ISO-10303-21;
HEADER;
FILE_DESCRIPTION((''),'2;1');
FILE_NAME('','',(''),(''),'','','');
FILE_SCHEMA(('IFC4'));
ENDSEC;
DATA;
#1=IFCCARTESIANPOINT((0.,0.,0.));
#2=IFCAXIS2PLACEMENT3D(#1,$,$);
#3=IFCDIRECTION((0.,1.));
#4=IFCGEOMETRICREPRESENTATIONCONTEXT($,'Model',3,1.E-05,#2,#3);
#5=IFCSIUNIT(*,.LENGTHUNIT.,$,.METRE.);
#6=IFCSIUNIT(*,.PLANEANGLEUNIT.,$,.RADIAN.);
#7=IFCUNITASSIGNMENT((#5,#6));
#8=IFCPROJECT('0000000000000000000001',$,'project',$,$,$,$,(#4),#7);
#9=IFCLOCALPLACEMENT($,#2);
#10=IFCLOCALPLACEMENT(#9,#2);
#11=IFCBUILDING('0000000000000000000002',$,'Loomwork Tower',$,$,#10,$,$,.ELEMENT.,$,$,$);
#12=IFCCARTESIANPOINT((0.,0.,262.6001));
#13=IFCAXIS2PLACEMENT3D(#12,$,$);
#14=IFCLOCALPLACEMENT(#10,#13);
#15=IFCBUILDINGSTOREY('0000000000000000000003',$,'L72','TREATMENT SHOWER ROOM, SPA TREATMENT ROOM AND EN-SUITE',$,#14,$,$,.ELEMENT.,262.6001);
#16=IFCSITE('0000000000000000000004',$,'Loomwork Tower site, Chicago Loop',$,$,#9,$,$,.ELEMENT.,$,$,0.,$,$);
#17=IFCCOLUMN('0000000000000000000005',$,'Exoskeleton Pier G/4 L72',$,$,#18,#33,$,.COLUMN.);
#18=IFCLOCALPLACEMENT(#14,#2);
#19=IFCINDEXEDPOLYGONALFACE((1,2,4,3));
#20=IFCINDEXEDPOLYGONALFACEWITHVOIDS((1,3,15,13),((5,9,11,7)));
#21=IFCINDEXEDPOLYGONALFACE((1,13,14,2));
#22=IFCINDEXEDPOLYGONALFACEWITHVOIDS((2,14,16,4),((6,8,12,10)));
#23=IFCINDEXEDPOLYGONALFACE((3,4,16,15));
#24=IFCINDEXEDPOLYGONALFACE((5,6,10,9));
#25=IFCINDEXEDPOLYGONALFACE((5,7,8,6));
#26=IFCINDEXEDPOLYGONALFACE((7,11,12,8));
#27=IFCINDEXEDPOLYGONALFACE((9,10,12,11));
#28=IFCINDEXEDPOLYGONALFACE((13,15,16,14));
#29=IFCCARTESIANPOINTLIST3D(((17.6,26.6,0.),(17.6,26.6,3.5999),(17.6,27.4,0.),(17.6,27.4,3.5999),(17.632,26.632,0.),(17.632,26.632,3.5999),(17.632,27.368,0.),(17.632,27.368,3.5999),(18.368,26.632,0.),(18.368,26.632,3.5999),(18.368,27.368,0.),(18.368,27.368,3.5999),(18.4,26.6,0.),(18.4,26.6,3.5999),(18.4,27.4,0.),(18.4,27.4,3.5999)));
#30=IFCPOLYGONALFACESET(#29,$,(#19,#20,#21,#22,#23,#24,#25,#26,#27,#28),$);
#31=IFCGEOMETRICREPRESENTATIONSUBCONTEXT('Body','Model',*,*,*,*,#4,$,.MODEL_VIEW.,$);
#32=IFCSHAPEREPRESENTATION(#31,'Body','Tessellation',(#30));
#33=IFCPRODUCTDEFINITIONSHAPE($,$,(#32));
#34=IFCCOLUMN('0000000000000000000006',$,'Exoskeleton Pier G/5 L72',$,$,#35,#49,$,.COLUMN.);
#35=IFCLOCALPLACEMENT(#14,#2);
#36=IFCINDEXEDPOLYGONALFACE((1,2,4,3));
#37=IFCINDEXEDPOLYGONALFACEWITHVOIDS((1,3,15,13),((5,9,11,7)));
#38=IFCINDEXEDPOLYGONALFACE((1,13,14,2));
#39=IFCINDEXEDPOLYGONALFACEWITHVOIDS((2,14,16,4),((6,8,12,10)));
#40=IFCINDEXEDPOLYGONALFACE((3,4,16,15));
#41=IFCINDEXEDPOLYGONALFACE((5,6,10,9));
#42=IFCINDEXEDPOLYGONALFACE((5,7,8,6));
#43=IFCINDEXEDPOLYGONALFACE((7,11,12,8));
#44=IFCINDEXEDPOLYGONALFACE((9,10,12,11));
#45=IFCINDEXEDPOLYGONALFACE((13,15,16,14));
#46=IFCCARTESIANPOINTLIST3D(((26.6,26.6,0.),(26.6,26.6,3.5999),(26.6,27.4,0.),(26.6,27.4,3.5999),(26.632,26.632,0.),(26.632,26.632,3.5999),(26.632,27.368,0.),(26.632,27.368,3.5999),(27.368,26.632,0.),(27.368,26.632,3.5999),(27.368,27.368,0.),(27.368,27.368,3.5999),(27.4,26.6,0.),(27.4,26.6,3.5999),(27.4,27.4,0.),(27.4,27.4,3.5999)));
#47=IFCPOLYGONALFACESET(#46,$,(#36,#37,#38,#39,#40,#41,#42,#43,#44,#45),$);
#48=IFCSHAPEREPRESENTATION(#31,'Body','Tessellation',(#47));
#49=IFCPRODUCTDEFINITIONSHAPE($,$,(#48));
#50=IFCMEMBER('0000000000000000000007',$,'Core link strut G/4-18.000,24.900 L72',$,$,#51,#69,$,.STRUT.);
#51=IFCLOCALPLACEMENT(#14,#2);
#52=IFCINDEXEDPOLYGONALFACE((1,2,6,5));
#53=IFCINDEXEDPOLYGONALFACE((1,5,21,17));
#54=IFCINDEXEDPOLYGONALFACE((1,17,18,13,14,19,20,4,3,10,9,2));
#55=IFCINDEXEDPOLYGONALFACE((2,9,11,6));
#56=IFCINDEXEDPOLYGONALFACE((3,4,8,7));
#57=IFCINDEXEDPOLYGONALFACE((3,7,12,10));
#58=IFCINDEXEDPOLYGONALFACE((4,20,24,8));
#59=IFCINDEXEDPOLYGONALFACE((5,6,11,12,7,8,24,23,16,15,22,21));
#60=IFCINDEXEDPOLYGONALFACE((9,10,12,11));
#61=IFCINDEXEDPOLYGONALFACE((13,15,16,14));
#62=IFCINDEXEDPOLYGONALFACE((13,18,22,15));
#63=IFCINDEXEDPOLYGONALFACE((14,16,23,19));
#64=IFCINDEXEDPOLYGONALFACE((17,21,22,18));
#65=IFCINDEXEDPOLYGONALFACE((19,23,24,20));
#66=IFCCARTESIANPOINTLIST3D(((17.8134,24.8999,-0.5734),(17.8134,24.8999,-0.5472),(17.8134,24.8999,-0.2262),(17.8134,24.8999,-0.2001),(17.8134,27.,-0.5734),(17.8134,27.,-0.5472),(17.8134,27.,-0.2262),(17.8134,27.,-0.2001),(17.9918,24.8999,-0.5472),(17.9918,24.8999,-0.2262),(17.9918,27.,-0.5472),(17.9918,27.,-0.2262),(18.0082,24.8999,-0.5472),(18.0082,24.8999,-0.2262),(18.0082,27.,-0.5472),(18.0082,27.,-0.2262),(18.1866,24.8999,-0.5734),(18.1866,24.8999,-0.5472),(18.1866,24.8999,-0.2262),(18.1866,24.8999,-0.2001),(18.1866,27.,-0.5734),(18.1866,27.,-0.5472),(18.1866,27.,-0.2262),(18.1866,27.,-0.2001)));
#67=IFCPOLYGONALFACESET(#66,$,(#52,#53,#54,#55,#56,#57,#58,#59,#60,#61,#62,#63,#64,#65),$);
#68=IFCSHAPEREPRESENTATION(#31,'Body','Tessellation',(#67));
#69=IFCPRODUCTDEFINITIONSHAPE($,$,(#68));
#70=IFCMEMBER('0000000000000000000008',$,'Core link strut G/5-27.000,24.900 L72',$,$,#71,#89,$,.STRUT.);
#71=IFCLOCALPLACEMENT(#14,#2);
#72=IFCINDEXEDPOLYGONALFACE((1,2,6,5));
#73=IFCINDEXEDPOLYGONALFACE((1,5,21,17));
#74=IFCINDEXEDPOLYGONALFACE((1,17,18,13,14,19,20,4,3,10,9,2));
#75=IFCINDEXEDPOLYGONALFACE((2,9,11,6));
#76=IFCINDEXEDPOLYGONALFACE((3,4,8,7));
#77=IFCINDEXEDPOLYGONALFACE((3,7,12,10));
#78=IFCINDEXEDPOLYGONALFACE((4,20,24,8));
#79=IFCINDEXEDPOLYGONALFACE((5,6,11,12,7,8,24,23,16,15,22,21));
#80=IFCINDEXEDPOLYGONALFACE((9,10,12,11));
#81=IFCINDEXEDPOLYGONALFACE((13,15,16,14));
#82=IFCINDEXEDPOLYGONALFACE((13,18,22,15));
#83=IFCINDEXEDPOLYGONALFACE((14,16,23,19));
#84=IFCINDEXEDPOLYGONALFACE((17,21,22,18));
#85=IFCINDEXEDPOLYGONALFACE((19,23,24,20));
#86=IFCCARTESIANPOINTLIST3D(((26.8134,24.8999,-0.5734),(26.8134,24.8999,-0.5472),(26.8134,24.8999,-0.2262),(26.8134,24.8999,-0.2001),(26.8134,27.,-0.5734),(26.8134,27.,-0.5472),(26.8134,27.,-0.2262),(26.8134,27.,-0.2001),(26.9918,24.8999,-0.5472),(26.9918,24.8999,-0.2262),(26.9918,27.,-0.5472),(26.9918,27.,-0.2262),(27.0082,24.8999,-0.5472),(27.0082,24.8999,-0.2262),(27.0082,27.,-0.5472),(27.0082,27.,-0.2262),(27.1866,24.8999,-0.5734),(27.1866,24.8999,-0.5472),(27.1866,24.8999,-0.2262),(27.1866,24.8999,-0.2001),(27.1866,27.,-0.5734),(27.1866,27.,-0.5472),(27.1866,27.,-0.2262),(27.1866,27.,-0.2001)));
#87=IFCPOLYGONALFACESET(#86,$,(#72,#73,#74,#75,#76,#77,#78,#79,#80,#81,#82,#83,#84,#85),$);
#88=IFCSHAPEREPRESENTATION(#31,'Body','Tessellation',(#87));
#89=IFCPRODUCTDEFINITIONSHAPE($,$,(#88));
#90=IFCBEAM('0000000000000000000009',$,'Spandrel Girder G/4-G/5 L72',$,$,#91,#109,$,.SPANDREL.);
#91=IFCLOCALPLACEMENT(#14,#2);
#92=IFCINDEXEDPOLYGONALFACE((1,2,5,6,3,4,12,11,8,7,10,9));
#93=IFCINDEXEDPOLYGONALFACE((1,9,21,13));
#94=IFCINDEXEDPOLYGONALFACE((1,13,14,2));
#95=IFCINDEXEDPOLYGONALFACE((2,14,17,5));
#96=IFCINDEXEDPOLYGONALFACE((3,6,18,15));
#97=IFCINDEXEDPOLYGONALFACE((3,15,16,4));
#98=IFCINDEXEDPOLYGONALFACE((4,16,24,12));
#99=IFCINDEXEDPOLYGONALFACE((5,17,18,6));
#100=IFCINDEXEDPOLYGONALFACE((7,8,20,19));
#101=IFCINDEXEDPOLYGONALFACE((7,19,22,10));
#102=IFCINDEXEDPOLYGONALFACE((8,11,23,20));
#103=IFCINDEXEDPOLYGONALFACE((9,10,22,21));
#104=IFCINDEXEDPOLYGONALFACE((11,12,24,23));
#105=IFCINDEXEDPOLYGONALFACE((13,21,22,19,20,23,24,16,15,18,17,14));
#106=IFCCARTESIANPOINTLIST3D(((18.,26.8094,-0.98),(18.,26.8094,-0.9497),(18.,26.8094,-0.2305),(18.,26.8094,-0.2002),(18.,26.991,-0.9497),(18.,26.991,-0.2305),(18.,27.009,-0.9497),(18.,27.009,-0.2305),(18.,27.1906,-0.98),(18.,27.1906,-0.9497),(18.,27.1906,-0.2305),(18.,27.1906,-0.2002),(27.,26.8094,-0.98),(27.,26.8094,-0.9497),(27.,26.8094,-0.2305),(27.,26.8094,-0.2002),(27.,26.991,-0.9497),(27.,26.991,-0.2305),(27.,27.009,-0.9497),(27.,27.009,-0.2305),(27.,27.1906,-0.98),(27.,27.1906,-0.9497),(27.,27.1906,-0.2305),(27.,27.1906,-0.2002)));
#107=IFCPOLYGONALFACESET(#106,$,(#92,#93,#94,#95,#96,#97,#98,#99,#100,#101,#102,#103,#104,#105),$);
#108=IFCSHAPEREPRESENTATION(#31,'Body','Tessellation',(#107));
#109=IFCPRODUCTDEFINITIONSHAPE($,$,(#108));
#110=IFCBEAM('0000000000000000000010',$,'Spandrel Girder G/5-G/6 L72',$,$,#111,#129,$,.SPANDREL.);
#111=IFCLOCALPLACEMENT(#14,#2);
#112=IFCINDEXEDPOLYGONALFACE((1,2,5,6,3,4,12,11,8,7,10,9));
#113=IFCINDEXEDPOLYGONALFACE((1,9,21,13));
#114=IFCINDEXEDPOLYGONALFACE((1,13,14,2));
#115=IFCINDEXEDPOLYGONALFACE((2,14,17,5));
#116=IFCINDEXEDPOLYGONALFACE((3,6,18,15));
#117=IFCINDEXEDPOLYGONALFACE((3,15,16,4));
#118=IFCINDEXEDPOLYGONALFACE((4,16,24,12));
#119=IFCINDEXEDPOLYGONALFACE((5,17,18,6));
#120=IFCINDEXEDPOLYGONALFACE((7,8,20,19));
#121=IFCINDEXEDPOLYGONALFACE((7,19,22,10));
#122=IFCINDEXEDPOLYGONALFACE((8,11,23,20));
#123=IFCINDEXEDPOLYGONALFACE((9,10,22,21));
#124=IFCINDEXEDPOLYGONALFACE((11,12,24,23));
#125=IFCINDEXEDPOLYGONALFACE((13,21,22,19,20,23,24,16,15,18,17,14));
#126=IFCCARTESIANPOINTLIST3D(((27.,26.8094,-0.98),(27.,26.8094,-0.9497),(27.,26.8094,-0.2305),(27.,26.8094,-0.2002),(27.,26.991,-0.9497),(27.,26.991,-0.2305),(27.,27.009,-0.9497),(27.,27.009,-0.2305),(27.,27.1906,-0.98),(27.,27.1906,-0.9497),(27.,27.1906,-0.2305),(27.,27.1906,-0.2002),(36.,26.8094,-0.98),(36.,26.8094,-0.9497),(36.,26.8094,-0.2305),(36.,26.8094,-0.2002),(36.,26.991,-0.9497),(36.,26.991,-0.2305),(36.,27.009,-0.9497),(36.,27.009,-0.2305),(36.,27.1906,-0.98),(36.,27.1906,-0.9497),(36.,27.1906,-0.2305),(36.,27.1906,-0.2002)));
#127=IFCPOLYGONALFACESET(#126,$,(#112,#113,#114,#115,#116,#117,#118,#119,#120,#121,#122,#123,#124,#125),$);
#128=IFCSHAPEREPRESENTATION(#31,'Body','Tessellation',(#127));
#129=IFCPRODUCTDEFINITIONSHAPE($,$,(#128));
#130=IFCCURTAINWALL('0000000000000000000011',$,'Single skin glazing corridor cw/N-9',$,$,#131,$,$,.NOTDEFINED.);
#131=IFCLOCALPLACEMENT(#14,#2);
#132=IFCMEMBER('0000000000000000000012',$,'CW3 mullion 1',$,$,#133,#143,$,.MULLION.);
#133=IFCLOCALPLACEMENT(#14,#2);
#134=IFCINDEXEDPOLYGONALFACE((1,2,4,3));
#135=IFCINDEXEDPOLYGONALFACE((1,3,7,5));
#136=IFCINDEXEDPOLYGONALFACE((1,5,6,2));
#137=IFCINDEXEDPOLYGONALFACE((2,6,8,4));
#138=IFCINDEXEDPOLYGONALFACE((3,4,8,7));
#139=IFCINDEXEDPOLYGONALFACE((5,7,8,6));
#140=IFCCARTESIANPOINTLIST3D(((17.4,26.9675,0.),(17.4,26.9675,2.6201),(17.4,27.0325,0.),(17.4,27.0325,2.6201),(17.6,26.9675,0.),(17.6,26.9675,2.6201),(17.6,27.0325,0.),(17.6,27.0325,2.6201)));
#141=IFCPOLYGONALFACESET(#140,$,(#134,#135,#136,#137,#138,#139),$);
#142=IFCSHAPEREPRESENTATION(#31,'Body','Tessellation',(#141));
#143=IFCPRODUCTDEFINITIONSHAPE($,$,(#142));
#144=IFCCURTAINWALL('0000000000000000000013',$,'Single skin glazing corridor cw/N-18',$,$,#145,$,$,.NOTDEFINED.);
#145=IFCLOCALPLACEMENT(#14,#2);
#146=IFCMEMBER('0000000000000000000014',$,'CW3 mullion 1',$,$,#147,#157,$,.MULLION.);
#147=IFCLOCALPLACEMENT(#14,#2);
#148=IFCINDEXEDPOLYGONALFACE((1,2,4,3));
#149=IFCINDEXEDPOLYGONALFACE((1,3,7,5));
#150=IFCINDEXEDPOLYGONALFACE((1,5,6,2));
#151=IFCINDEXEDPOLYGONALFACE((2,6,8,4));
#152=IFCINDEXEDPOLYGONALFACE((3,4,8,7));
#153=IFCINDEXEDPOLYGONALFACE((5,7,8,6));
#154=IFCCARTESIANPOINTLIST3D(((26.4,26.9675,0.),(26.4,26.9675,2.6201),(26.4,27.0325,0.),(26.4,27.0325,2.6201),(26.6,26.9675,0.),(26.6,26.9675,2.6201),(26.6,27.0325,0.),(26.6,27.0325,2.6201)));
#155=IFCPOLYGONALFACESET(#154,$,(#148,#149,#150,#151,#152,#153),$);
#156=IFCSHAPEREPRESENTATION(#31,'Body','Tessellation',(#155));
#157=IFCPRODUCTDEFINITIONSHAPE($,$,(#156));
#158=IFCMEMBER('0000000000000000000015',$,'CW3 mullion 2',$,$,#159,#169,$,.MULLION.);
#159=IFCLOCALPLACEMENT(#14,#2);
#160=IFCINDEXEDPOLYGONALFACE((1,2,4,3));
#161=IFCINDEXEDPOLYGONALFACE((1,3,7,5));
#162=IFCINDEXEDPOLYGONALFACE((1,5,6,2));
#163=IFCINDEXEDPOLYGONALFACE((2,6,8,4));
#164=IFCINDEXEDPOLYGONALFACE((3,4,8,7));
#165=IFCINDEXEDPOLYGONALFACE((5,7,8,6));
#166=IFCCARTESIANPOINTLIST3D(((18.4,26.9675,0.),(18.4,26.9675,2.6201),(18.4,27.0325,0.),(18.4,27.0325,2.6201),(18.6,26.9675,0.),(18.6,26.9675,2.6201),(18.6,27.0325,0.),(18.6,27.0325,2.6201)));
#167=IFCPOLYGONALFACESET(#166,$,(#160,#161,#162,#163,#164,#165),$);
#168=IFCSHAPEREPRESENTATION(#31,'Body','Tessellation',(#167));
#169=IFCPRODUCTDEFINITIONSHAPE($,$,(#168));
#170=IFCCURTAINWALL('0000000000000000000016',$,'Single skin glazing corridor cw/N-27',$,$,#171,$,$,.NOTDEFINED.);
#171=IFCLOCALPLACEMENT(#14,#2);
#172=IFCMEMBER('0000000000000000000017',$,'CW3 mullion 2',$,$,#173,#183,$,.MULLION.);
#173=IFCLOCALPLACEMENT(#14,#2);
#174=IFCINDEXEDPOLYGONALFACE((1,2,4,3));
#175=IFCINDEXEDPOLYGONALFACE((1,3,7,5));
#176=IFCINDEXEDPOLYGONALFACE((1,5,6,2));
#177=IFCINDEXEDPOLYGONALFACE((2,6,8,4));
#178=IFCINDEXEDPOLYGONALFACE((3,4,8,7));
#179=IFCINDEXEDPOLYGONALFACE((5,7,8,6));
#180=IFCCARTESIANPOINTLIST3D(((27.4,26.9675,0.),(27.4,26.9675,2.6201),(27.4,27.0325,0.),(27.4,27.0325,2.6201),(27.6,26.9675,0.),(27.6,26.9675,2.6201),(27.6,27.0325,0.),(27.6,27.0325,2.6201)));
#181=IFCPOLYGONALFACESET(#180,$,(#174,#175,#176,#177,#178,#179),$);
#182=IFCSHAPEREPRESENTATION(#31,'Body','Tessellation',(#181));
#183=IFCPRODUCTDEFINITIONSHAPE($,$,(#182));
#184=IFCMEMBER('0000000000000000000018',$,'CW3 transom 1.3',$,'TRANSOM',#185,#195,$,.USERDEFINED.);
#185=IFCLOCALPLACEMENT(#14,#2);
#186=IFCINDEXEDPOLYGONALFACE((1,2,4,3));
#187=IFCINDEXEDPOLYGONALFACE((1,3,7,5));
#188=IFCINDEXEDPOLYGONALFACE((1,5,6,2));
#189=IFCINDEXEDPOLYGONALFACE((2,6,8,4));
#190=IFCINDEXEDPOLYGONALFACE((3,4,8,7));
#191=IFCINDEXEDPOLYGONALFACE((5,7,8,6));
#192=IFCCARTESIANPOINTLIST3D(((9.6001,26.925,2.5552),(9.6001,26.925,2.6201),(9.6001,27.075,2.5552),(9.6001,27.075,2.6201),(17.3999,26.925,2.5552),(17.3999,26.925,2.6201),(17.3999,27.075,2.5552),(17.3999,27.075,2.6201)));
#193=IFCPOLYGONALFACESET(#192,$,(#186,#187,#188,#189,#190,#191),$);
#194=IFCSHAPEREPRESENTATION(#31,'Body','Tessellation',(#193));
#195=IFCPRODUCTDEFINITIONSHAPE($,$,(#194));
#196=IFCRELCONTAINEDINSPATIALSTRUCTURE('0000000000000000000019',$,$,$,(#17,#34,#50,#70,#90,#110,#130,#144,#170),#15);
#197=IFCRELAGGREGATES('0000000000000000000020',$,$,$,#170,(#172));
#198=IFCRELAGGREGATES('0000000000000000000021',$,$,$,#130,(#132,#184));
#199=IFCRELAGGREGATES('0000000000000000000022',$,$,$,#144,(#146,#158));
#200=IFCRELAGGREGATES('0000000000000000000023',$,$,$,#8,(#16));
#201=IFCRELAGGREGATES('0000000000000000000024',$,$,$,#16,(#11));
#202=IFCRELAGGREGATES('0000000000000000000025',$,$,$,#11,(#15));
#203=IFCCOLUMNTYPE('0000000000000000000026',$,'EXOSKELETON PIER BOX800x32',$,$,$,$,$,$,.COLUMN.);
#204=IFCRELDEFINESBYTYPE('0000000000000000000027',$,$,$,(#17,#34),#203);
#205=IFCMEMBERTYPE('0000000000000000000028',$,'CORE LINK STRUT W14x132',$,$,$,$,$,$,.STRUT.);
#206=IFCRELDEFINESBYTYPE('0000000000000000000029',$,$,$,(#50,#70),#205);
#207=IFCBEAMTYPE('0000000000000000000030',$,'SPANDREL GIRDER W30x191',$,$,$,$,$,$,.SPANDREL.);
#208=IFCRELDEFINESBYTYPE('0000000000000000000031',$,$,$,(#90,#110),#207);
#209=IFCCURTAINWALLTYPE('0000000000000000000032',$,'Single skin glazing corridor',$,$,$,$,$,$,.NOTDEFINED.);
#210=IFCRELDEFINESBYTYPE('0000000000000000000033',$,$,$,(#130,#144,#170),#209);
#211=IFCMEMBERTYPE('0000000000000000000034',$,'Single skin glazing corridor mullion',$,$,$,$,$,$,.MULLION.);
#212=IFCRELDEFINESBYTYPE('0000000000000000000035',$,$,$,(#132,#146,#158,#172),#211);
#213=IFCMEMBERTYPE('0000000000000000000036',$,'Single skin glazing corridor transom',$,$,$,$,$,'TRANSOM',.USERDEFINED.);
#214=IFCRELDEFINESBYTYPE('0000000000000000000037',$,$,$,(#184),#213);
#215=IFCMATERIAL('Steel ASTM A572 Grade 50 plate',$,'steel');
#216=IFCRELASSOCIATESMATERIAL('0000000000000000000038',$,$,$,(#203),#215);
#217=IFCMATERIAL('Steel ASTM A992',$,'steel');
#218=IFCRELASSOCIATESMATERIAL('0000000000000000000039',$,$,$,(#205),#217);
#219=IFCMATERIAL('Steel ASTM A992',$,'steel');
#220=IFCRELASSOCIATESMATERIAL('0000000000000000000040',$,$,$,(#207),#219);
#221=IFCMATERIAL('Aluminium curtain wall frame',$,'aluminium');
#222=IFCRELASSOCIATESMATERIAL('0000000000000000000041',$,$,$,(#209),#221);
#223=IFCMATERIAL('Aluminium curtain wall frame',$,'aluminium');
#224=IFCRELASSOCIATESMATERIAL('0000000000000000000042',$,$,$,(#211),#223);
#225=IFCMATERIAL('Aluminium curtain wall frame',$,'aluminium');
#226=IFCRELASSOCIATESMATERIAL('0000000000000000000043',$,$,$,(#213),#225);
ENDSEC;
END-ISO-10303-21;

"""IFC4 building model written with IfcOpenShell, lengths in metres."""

from ifc_helpers import new_model, si_unit, direction, frame, origin, origin_2d, place, context, subcontext, project, spatial, rectangle, hollow_rectangle, i_section, extrude, material, material_profile, profile_set, type_object, element, aggregate, save


model = new_model("IFC4")

# Units and contexts
model_context = context("Model", 3, precision=1e-05, world=origin(), true_north=direction((0.0, 1.0)))
body_context = subcontext(model_context, "Body", "Model", "MODEL_VIEW")
ifc_project = project(units=[si_unit("LENGTHUNIT", "METRE"), si_unit("PLANEANGLEUNIT", "RADIAN")], contexts=[model_context])

# Site, building, storey
site_placement = place(None, origin())
site = spatial("IfcSite", under=ifc_project, at=site_placement, Name="Loomwork Tower site, Chicago Loop", CompositionType="ELEMENT", RefElevation=0.0)
building_placement = place(site_placement, origin())
building = spatial("IfcBuilding", under=site, at=building_placement, Name="Loomwork Tower", CompositionType="ELEMENT")
storey_placement = place(building_placement, frame((0.0, 0.0, 262.6001)))
storey = spatial("IfcBuildingStorey", under=building, at=storey_placement, Name="L72", Description="TREATMENT SHOWER ROOM, SPA TREATMENT ROOM AND EN-SUITE", CompositionType="ELEMENT", Elevation=262.6001)

# Columns
ifc_material_1 = material(Name="Steel ASTM A572 Grade 50 plate", Category="steel")
ifc_material_profile_1 = material_profile(ifc_material_1, hollow_rectangle(XDim=0.8, YDim=0.8, WallThickness=0.032, at=origin_2d()), Name="BOX800x32")
ifc_profile_set_1 = profile_set([ifc_material_profile_1], Name="Steel ASTM A572 Grade 50 plate")
column_type = type_object("IfcColumnType", Name="EXOSKELETON PIER BOX800x32", PredefinedType="COLUMN", material=ifc_profile_set_1)
for number, where, z_axis, x_axis, name in (
    (1, (18.0, 27.0, 0.0), (0.0, 0.0, 1.0), (1.0, 0.0, 0.0), "Exoskeleton Pier G/4 L72"),
    (2, (27.0, 27.0, 0.0), (0.0, 0.0, 1.0), (1.0, 0.0, 0.0), "Exoskeleton Pier G/5 L72"),
):
    element("IfcColumn", number, at=place(storey_placement, frame(where, z_axis=z_axis, x_axis=x_axis)), inside=storey, type_object=column_type, Name=name, PredefinedType="COLUMN", context=body_context, shape_type="SweptSolid", body=[
        extrude(hollow_rectangle(XDim=0.8, YDim=0.8, WallThickness=0.032, at=origin_2d()), origin(), (0.0, 0.0, 1.0), 3.5999),
    ])

# Members
ifc_material_2 = material(Name="Steel ASTM A992", Category="steel")
ifc_material_profile_2 = material_profile(ifc_material_2, i_section(OverallWidth=0.3733, OverallDepth=0.3733, WebThickness=0.0164, FlangeThickness=0.0261, at=origin_2d()), Name="W14x132")
ifc_profile_set_2 = profile_set([ifc_material_profile_2], Name="Steel ASTM A992")
member_type_1 = type_object("IfcMemberType", Name="CORE LINK STRUT W14x132", PredefinedType="STRUT", material=ifc_profile_set_2)
for number, where, z_axis, x_axis, name in (
    (3, (18.0, 27.0, -0.3867), (0.0, -1.0, 0.0), (1.0, 0.0, 0.0), "Core link strut G/4-18.000,24.900 L72"),
    (4, (27.0, 27.0, -0.3867), (0.0, -1.0, 0.0), (1.0, 0.0, 0.0), "Core link strut G/5-27.000,24.900 L72"),
):
    element("IfcMember", number, at=place(storey_placement, frame(where, z_axis=z_axis, x_axis=x_axis)), inside=storey, type_object=member_type_1, Name=name, PredefinedType="STRUT", context=body_context, shape_type="SweptSolid", body=[
        extrude(i_section(OverallWidth=0.3733, OverallDepth=0.3733, WebThickness=0.0164, FlangeThickness=0.0261, at=origin_2d()), origin(), (0.0, 0.0, 1.0), 2.1001),
    ])

# Beams
ifc_material_3 = material(Name="Steel ASTM A992", Category="steel")
ifc_material_profile_3 = material_profile(ifc_material_3, i_section(OverallWidth=0.3811, OverallDepth=0.7798, WebThickness=0.0181, FlangeThickness=0.0303, at=origin_2d()), Name="W30x191")
ifc_profile_set_3 = profile_set([ifc_material_profile_3], Name="Steel ASTM A992")
beam_type = type_object("IfcBeamType", Name="SPANDREL GIRDER W30x191", PredefinedType="SPANDREL", material=ifc_profile_set_3)
for number, where, z_axis, x_axis, name in (
    (5, (18.0, 27.0, -0.5901), (1.0, 0.0, 0.0), (0.0, 1.0, 0.0), "Spandrel Girder G/4-G/5 L72"),
    (6, (27.0, 27.0, -0.5901), (1.0, 0.0, 0.0), (0.0, 1.0, 0.0), "Spandrel Girder G/5-G/6 L72"),
):
    element("IfcBeam", number, at=place(storey_placement, frame(where, z_axis=z_axis, x_axis=x_axis)), inside=storey, type_object=beam_type, Name=name, PredefinedType="SPANDREL", context=body_context, shape_type="SweptSolid", body=[
        extrude(i_section(OverallWidth=0.3811, OverallDepth=0.7798, WebThickness=0.0181, FlangeThickness=0.0303, at=origin_2d()), origin(), (0.0, 0.0, 1.0), 9.0),
    ])

# Curtain wall, member
ifc_material_4 = material(Name="Aluminium curtain wall frame", Category="aluminium")
curtain_wall_type = type_object("IfcCurtainWallType", Name="Single skin glazing corridor", PredefinedType="NOTDEFINED", material=ifc_material_4)
curtain_wall_1_placement = place(storey_placement, origin())
curtain_wall_1 = element("IfcCurtainWall", 7, at=curtain_wall_1_placement, inside=storey, type_object=curtain_wall_type, Name="Single skin glazing corridor cw/N-9", PredefinedType="NOTDEFINED")
ifc_material_5 = material(Name="Aluminium curtain wall frame", Category="aluminium")
ifc_material_profile_4 = material_profile(ifc_material_5, rectangle(XDim=0.0649, YDim=0.2, at=origin_2d()), Name="AL 65x200")
ifc_profile_set_4 = profile_set([ifc_material_profile_4], Name="Aluminium curtain wall frame")
member_type_2 = type_object("IfcMemberType", Name="Single skin glazing corridor mullion", PredefinedType="MULLION", material=ifc_profile_set_4)
member_1_placement = place(storey_placement, frame((17.5, 27.0, 0.0), z_axis=(0.0, 0.0, 1.0), x_axis=(0.0, -1.0, 0.0)))
member_1 = element("IfcMember", 8, at=member_1_placement, type_object=member_type_2, Name="CW3 mullion 1", PredefinedType="MULLION", context=body_context, shape_type="SweptSolid", body=[
    extrude(rectangle(XDim=0.0649, YDim=0.2, at=origin_2d()), origin(), (0.0, 0.0, 1.0), 2.6201),
])

# Curtain wall, members
curtain_wall_2_placement = place(storey_placement, origin())
curtain_wall_2 = element("IfcCurtainWall", 9, at=curtain_wall_2_placement, inside=storey, type_object=curtain_wall_type, Name="Single skin glazing corridor cw/N-18", PredefinedType="NOTDEFINED")
member_2_placement = place(storey_placement, frame((26.5, 27.0, 0.0), z_axis=(0.0, 0.0, 1.0), x_axis=(0.0, -1.0, 0.0)))
member_2 = element("IfcMember", 10, at=member_2_placement, type_object=member_type_2, Name="CW3 mullion 1", PredefinedType="MULLION", context=body_context, shape_type="SweptSolid", body=[
    extrude(rectangle(XDim=0.0649, YDim=0.2, at=origin_2d()), origin(), (0.0, 0.0, 1.0), 2.6201),
])
member_3_placement = place(storey_placement, frame((18.5, 27.0, 0.0), z_axis=(0.0, 0.0, 1.0), x_axis=(0.0, -1.0, 0.0)))
member_3 = element("IfcMember", 11, at=member_3_placement, type_object=member_type_2, Name="CW3 mullion 2", PredefinedType="MULLION", context=body_context, shape_type="SweptSolid", body=[
    extrude(rectangle(XDim=0.0649, YDim=0.2, at=origin_2d()), origin(), (0.0, 0.0, 1.0), 2.6201),
])

# Curtain wall, member
curtain_wall_3_placement = place(storey_placement, origin())
curtain_wall_3 = element("IfcCurtainWall", 12, at=curtain_wall_3_placement, inside=storey, type_object=curtain_wall_type, Name="Single skin glazing corridor cw/N-27", PredefinedType="NOTDEFINED")
member_4_placement = place(storey_placement, frame((27.5, 27.0, 0.0), z_axis=(0.0, 0.0, 1.0), x_axis=(0.0, -1.0, 0.0)))
member_4 = element("IfcMember", 13, at=member_4_placement, type_object=member_type_2, Name="CW3 mullion 2", PredefinedType="MULLION", context=body_context, shape_type="SweptSolid", body=[
    extrude(rectangle(XDim=0.0649, YDim=0.2, at=origin_2d()), origin(), (0.0, 0.0, 1.0), 2.6201),
])
aggregate(curtain_wall_3, [member_4])

# Member
ifc_material_6 = material(Name="Aluminium curtain wall frame", Category="aluminium")
ifc_material_profile_5 = material_profile(ifc_material_6, rectangle(XDim=0.1499, YDim=0.0649, at=origin_2d()), Name="AL 65x150")
ifc_profile_set_5 = profile_set([ifc_material_profile_5], Name="Aluminium curtain wall frame")
member_type_3 = type_object("IfcMemberType", Name="Single skin glazing corridor transom", ElementType="TRANSOM", PredefinedType="USERDEFINED", material=ifc_profile_set_5)
member_5_placement = place(storey_placement, frame((17.3999, 27.0, 2.5876), z_axis=(-1.0, 0.0, 0.0), x_axis=(0.0, -1.0, 0.0)))
member_5 = element("IfcMember", 14, at=member_5_placement, type_object=member_type_3, Name="CW3 transom 1.3", ObjectType="TRANSOM", PredefinedType="USERDEFINED", context=body_context, shape_type="SweptSolid", body=[
    extrude(rectangle(XDim=0.1499, YDim=0.0649, at=origin_2d()), origin(), (0.0, 0.0, 1.0), 7.7998),
])
aggregate(curtain_wall_1, [member_1, member_5])

aggregate(curtain_wall_2, [member_2, member_3])

save(model, "model.ifc")
